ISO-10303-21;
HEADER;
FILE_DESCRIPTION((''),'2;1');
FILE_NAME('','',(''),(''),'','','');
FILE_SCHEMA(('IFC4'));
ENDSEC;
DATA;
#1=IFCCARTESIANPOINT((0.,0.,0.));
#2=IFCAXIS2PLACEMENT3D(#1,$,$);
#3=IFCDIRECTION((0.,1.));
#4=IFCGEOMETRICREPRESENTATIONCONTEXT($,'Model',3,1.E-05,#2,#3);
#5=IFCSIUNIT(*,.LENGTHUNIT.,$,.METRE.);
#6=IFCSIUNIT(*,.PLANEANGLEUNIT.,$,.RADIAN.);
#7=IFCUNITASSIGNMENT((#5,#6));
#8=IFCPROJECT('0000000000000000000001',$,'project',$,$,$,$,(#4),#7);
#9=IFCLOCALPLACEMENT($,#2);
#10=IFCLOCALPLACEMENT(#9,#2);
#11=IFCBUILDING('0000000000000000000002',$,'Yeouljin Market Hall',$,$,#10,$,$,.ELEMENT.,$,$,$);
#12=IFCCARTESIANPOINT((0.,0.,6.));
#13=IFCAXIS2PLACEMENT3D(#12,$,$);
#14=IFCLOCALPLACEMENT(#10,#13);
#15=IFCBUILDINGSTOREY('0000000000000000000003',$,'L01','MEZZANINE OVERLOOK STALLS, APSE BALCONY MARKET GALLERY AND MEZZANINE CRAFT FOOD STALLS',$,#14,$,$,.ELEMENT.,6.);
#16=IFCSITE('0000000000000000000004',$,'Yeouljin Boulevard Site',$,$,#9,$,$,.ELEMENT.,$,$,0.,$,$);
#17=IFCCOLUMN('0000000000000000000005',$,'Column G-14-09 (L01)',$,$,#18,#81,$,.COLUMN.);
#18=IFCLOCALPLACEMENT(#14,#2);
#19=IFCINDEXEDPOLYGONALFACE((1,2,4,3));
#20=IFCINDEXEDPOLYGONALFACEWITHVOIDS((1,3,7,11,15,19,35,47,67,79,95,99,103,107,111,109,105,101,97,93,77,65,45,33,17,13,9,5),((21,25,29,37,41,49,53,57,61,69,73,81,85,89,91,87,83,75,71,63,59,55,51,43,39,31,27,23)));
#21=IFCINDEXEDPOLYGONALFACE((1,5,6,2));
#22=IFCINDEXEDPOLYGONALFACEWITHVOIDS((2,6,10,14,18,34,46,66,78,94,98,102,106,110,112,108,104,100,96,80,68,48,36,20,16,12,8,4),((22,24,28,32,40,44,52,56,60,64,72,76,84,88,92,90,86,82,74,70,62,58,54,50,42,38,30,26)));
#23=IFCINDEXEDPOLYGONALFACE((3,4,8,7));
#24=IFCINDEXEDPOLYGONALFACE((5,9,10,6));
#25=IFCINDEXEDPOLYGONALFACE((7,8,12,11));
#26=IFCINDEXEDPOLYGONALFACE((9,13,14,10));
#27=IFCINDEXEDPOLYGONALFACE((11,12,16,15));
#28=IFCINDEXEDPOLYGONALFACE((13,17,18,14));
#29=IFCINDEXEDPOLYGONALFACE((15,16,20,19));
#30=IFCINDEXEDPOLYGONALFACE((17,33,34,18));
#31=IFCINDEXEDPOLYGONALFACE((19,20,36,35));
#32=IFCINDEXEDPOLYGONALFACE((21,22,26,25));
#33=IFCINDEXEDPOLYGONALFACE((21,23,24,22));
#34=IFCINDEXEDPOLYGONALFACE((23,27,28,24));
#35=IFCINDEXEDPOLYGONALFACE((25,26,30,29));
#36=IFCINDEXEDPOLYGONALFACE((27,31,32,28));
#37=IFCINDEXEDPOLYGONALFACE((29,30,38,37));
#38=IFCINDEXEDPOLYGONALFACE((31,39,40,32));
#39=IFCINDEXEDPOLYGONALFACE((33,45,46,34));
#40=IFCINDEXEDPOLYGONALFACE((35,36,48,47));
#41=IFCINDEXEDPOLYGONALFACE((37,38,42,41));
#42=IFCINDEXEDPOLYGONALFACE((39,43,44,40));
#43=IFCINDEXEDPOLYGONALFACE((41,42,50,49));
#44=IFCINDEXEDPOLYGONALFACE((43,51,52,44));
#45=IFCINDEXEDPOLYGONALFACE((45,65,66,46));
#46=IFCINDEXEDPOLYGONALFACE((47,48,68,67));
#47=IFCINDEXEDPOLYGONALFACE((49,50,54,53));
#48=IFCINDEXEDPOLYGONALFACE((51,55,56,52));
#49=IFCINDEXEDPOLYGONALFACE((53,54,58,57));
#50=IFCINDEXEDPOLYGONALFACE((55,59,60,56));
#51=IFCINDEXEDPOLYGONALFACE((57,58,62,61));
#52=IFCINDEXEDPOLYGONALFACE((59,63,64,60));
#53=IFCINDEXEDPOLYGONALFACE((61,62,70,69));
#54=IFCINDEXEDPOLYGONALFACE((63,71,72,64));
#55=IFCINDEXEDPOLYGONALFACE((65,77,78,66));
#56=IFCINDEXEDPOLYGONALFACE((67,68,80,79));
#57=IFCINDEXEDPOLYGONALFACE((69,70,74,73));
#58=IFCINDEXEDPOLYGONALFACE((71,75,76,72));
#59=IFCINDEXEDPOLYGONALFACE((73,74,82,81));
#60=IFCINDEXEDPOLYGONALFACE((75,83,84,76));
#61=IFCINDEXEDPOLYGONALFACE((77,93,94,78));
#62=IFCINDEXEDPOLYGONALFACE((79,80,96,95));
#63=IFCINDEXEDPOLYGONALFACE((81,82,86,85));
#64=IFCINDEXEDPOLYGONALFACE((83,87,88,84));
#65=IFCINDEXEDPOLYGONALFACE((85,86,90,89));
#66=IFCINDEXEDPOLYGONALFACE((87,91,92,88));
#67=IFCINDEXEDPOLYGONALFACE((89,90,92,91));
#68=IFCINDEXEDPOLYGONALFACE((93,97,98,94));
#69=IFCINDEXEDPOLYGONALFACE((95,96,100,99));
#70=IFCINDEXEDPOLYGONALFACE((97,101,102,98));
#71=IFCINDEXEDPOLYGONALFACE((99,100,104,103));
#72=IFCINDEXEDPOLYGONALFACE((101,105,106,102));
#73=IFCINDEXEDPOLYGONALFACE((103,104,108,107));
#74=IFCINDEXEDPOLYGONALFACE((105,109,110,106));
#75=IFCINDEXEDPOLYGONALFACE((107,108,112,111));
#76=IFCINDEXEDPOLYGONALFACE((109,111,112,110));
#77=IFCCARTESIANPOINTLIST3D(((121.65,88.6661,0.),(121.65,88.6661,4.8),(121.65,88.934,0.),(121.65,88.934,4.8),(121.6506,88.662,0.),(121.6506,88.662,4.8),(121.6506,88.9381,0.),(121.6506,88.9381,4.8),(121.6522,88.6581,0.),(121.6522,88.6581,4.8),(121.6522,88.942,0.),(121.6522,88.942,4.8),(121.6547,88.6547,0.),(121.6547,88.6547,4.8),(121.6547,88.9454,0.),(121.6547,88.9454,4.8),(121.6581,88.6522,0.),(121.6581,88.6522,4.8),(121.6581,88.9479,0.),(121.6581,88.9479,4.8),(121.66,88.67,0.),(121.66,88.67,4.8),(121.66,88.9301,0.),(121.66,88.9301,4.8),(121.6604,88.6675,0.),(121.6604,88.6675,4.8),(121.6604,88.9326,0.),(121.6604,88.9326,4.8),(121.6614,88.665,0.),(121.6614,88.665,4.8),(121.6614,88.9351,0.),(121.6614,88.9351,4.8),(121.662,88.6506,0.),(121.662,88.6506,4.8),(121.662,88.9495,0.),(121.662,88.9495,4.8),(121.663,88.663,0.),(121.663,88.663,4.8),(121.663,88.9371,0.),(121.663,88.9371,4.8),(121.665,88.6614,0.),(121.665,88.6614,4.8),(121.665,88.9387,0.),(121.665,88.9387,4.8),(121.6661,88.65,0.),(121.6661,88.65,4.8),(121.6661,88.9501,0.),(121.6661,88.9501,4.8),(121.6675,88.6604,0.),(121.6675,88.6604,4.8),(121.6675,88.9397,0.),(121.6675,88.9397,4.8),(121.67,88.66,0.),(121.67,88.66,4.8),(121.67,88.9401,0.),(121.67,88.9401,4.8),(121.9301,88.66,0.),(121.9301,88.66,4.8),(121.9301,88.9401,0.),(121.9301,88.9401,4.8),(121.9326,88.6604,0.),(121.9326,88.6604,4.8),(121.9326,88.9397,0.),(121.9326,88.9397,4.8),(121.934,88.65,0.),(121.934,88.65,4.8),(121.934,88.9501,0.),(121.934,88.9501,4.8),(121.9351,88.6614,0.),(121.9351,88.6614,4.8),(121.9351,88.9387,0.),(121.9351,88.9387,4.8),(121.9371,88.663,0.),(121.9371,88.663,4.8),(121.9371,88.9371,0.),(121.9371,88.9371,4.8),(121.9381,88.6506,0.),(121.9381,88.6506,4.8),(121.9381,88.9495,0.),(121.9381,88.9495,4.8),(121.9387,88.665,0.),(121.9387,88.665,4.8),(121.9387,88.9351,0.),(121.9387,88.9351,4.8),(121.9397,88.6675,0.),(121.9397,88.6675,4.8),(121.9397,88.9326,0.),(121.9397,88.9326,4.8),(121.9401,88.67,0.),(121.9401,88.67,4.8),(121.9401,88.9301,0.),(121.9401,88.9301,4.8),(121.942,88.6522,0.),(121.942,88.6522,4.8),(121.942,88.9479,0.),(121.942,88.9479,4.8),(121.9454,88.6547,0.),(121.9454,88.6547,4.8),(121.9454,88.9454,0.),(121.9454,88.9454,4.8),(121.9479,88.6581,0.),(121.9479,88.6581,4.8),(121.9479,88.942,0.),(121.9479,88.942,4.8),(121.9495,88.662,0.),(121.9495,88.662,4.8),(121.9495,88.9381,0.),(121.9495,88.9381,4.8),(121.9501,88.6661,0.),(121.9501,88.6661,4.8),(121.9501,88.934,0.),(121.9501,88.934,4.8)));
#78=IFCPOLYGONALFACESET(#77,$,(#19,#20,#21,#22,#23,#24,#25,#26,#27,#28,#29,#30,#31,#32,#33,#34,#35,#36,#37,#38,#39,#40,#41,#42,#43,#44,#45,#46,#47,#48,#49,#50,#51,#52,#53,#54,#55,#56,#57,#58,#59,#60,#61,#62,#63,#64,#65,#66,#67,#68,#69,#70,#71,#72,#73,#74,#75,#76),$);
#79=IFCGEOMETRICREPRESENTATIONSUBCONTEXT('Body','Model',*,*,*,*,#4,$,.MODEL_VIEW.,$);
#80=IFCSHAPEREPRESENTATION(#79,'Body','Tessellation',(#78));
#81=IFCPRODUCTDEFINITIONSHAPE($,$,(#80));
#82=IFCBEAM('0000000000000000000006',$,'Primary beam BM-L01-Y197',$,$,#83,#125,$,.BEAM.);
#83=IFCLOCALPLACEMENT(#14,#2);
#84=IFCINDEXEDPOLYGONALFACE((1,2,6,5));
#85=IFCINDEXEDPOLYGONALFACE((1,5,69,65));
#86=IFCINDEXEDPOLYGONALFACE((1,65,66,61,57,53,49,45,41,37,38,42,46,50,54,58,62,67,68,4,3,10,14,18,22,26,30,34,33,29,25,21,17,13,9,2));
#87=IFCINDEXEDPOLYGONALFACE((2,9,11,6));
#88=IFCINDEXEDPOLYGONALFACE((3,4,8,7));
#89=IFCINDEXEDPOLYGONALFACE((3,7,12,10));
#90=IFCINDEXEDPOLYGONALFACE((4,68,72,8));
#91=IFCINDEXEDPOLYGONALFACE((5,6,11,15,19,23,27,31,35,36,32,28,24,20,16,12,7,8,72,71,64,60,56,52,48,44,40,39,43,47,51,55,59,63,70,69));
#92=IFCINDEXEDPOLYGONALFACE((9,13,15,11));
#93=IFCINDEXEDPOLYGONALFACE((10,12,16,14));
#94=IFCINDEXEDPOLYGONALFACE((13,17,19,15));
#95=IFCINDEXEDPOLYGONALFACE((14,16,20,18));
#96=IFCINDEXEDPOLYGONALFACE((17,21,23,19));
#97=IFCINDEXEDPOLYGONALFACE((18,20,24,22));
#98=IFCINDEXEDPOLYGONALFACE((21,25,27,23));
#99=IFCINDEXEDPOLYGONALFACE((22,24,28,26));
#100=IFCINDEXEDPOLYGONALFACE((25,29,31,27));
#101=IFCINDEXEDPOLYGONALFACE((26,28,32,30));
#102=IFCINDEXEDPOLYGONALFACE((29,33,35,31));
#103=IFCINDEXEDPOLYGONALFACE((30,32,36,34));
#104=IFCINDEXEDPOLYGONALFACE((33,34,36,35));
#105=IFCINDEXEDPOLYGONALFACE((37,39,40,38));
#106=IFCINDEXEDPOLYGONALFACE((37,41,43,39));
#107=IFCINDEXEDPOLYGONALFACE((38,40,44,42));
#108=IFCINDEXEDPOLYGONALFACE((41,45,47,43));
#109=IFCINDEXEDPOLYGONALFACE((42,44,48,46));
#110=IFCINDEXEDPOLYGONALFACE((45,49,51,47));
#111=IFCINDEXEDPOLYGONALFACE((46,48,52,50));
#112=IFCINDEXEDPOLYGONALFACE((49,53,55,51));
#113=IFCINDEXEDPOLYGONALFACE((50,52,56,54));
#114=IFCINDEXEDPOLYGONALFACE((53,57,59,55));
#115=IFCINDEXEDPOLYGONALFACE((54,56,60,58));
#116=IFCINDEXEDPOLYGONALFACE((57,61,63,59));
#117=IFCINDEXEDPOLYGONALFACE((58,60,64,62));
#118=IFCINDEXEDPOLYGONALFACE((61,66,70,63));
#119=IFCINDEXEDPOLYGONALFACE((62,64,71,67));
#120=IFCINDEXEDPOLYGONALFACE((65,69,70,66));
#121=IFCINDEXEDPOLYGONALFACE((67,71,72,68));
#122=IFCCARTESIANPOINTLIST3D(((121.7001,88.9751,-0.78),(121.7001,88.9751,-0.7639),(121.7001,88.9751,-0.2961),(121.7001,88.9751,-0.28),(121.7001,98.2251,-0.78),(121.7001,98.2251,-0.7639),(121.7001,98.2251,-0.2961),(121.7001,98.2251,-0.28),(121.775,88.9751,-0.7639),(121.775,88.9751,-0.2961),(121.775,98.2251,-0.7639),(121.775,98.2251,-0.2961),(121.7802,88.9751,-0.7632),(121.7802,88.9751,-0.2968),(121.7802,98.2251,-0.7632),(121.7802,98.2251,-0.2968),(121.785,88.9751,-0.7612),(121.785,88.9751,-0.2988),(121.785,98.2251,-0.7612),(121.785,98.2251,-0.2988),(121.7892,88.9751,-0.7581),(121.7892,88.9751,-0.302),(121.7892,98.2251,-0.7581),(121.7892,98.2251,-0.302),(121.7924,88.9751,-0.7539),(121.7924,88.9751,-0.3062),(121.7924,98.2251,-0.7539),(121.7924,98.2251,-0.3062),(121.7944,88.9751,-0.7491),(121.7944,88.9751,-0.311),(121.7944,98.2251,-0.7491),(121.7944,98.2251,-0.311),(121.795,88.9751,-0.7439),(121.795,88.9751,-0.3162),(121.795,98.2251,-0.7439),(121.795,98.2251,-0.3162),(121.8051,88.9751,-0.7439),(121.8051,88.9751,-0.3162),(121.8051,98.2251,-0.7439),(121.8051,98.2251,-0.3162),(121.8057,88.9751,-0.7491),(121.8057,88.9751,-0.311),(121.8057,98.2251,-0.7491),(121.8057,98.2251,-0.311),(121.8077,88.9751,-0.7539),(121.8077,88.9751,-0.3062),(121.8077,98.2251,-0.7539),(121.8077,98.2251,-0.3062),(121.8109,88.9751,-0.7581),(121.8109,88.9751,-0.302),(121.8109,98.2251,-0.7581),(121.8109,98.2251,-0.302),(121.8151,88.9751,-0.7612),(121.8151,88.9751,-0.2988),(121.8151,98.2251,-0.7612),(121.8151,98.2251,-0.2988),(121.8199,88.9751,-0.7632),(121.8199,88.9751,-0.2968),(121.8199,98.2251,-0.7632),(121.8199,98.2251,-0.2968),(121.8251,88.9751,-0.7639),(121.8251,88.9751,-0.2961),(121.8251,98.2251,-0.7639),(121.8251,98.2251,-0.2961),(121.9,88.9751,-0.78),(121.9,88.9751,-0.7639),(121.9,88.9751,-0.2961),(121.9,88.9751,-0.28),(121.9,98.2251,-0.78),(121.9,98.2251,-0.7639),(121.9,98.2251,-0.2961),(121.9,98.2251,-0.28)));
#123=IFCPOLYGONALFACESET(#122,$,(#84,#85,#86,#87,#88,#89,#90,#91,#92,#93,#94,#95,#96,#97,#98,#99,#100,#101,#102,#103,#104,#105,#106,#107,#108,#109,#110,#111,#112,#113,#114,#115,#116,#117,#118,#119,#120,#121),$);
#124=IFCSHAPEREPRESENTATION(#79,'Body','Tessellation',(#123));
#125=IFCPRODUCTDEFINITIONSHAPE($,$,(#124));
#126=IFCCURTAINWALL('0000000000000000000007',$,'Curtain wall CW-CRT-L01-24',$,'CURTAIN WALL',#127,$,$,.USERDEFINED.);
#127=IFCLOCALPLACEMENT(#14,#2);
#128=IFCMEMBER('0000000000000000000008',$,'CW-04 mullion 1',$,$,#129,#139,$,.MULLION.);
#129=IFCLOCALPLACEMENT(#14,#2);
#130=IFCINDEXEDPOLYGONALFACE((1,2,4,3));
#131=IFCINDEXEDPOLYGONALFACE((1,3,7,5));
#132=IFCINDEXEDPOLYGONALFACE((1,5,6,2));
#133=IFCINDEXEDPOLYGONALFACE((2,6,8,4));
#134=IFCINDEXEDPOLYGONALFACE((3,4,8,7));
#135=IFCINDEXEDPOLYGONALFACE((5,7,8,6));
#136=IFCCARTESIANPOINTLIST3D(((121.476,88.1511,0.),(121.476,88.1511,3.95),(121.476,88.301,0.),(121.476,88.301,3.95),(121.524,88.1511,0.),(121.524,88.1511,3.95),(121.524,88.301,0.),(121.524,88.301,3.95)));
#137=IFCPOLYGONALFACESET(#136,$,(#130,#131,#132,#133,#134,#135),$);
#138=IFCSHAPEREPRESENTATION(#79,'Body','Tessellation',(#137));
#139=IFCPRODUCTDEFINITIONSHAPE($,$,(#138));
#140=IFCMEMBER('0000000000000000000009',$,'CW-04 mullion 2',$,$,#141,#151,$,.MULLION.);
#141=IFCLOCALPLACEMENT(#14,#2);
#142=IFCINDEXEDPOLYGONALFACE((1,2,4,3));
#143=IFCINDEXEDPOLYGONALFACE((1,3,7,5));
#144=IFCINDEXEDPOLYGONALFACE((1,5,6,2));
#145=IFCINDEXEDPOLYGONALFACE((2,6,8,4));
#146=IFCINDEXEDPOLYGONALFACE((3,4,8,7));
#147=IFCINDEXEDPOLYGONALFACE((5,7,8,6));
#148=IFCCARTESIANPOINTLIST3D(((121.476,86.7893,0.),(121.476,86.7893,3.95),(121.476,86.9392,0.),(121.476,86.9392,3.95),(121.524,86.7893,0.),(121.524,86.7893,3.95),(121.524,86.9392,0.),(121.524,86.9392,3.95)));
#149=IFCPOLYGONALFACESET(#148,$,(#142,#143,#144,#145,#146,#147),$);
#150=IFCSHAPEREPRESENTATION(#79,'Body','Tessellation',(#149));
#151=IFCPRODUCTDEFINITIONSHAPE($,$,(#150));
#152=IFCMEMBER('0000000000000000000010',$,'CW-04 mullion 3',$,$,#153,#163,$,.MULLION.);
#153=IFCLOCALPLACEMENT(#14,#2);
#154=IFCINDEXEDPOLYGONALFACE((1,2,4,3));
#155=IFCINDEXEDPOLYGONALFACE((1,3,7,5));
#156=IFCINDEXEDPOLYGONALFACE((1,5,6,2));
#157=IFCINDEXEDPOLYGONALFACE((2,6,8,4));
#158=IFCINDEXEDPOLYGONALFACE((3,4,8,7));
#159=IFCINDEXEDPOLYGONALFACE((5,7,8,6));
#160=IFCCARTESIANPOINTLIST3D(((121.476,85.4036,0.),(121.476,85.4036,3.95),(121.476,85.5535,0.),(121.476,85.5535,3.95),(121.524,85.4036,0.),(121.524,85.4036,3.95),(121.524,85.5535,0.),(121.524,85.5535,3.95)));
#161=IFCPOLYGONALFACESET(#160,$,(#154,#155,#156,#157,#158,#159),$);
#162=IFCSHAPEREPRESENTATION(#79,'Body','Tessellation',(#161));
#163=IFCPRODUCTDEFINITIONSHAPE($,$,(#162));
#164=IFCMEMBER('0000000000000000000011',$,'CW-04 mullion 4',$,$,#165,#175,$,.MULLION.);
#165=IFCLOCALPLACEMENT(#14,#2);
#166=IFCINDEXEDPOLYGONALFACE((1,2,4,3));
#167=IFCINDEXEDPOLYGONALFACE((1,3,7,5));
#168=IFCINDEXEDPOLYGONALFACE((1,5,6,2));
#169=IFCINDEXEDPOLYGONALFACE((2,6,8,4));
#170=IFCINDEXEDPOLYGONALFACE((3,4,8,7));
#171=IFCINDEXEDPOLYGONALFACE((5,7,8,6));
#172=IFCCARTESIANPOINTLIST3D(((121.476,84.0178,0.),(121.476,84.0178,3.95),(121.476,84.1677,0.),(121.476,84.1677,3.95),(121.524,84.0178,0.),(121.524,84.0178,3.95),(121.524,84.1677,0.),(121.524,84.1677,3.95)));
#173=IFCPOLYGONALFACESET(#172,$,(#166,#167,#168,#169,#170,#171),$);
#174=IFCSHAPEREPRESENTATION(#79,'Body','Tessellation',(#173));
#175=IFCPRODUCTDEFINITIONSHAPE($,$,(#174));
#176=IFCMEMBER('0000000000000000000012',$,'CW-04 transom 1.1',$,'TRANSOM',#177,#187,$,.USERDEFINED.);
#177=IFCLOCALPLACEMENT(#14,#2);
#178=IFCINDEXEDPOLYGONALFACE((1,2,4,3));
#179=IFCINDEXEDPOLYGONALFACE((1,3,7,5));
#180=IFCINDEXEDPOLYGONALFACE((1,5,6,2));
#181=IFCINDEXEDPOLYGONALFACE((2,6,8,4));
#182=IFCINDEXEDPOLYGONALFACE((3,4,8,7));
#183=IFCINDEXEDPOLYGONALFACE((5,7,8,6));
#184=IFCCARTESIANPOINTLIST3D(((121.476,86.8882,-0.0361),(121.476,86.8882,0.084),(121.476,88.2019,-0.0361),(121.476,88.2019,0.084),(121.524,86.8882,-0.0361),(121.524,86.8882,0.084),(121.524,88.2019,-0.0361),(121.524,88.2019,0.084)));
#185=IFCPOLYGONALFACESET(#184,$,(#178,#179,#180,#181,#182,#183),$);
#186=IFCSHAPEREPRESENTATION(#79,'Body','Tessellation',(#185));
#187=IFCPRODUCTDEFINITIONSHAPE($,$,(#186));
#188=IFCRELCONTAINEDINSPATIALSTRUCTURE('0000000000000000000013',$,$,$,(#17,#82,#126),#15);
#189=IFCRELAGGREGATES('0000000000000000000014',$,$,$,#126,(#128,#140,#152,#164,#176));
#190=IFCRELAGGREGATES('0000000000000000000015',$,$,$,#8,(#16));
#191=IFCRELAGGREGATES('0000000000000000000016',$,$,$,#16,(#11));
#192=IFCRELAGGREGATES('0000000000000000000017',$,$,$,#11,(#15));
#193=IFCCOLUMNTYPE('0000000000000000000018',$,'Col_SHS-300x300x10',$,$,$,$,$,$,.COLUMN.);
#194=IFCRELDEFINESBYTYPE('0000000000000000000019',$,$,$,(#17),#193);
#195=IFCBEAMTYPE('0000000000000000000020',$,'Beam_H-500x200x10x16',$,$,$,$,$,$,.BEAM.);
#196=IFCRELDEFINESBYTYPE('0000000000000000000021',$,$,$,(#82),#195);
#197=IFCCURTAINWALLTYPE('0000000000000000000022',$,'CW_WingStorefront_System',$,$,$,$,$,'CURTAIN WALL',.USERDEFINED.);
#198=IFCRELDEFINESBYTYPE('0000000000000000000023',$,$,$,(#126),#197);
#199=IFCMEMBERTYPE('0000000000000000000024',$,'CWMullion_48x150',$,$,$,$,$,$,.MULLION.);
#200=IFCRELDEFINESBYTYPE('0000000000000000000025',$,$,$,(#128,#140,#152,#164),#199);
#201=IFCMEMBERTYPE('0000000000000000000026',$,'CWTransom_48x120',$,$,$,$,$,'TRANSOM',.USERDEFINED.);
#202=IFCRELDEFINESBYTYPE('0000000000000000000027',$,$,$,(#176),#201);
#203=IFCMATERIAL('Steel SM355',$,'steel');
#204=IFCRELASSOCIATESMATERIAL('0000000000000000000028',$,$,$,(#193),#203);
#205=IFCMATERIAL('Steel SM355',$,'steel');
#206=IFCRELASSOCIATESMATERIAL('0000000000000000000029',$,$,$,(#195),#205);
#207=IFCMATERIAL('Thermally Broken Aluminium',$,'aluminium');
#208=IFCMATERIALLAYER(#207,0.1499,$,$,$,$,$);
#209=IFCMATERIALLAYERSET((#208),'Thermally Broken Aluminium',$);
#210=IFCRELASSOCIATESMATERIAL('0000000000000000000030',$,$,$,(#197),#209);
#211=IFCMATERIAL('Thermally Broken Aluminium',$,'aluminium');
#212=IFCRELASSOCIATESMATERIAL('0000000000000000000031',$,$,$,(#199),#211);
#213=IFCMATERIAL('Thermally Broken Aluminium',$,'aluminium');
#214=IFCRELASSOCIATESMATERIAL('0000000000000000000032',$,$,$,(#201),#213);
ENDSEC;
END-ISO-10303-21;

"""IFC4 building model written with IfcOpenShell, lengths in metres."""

from ifc_helpers import new_model, si_unit, direction, frame, origin, origin_2d, place, context, subcontext, project, spatial, rectangle, hollow_rectangle, i_section, extrude, material, layer, layer_set, material_profile, profile_set, type_object, element, aggregate, save


model = new_model("IFC4")

# Units and contexts
model_context = context("Model", 3, precision=1e-05, world=origin(), true_north=direction((0.0, 1.0)))
body_context = subcontext(model_context, "Body", "Model", "MODEL_VIEW")
ifc_project = project(units=[si_unit("LENGTHUNIT", "METRE"), si_unit("PLANEANGLEUNIT", "RADIAN")], contexts=[model_context])

# Site, building, storey
site_placement = place(None, origin())
site = spatial("IfcSite", under=ifc_project, at=site_placement, Name="Yeouljin Boulevard Site", CompositionType="ELEMENT", RefElevation=0.0)
building_placement = place(site_placement, origin())
building = spatial("IfcBuilding", under=site, at=building_placement, Name="Yeouljin Market Hall", CompositionType="ELEMENT")
storey_placement = place(building_placement, frame((0.0, 0.0, 6.0)))
storey = spatial("IfcBuildingStorey", under=building, at=storey_placement, Name="L01", Description="MEZZANINE OVERLOOK STALLS, APSE BALCONY MARKET GALLERY AND MEZZANINE CRAFT FOOD STALLS", CompositionType="ELEMENT", Elevation=6.0)

# Column
ifc_material_1 = material(Name="Steel SM355", Category="steel")
ifc_material_profile_1 = material_profile(ifc_material_1, hollow_rectangle(XDim=0.3, YDim=0.3, WallThickness=0.01, InnerFilletRadius=0.01, OuterFilletRadius=0.0161, at=origin_2d()), Name="SHS-300x300x10")
ifc_profile_set_1 = profile_set([ifc_material_profile_1], Name="Steel SM355")
column_type = type_object("IfcColumnType", Name="Col_SHS-300x300x10", PredefinedType="COLUMN", material=ifc_profile_set_1)
column_placement = place(storey_placement, frame((121.8, 88.8, 0.0), z_axis=(0.0, 0.0, 1.0), x_axis=(1.0, 0.0, 0.0)))
element("IfcColumn", 1, at=column_placement, inside=storey, type_object=column_type, Name="Column G-14-09 (L01)", PredefinedType="COLUMN", context=body_context, shape_type="SweptSolid", body=[
    extrude(hollow_rectangle(XDim=0.3, YDim=0.3, WallThickness=0.01, InnerFilletRadius=0.01, OuterFilletRadius=0.0161, at=origin_2d()), origin(), (0.0, 0.0, 1.0), 4.8),
])

# Beam
ifc_material_2 = material(Name="Steel SM355", Category="steel")
ifc_material_profile_2 = material_profile(ifc_material_2, i_section(OverallWidth=0.2, OverallDepth=0.5, WebThickness=0.01, FlangeThickness=0.0161, FilletRadius=0.02, at=origin_2d()), Name="H-500x200x10x16")
ifc_profile_set_2 = profile_set([ifc_material_profile_2], Name="Steel SM355")
beam_type = type_object("IfcBeamType", Name="Beam_H-500x200x10x16", PredefinedType="BEAM", material=ifc_profile_set_2)
beam_placement = place(storey_placement, frame((121.8, 88.9751, -0.53), z_axis=(0.0, 1.0, 0.0), x_axis=(-1.0, 0.0, 0.0)))
element("IfcBeam", 2, at=beam_placement, inside=storey, type_object=beam_type, Name="Primary beam BM-L01-Y197", PredefinedType="BEAM", context=body_context, shape_type="SweptSolid", body=[
    extrude(i_section(OverallWidth=0.2, OverallDepth=0.5, WebThickness=0.01, FlangeThickness=0.0161, FilletRadius=0.02, at=origin_2d()), origin(), (0.0, 0.0, 1.0), 9.25),
])

# Curtain wall, members
ifc_material_3 = material(Name="Thermally Broken Aluminium", Category="aluminium")
ifc_layer_1 = layer(ifc_material_3, 0.1499)
ifc_layer_set_1 = layer_set([ifc_layer_1], Name="Thermally Broken Aluminium")
curtain_wall_type = type_object("IfcCurtainWallType", Name="CW_WingStorefront_System", ElementType="CURTAIN WALL", PredefinedType="USERDEFINED", material=ifc_layer_set_1)
curtain_wall_placement = place(storey_placement, origin())
curtain_wall = element("IfcCurtainWall", 3, at=curtain_wall_placement, inside=storey, type_object=curtain_wall_type, Name="Curtain wall CW-CRT-L01-24", ObjectType="CURTAIN WALL", PredefinedType="USERDEFINED")
ifc_material_4 = material(Name="Thermally Broken Aluminium", Category="aluminium")
ifc_material_profile_3 = material_profile(ifc_material_4, rectangle(XDim=0.0481, YDim=0.1499, at=origin_2d()), Name="CW-MULL-48x150")
ifc_profile_set_3 = profile_set([ifc_material_profile_3], Name="Thermally Broken Aluminium")
member_type_1 = type_object("IfcMemberType", Name="CWMullion_48x150", PredefinedType="MULLION", material=ifc_profile_set_3)
member_1_placement = place(storey_placement, frame((121.5, 88.2261, 0.0), z_axis=(0.0, 0.0, 1.0), x_axis=(1.0, 0.0, 0.0)))
member_1 = element("IfcMember", 4, at=member_1_placement, type_object=member_type_1, Name="CW-04 mullion 1", PredefinedType="MULLION", context=body_context, shape_type="SweptSolid", body=[
    extrude(rectangle(XDim=0.0481, YDim=0.1499, at=origin_2d()), origin(), (0.0, 0.0, 1.0), 3.95),
])
member_2_placement = place(storey_placement, frame((121.5, 86.8643, 0.0), z_axis=(0.0, 0.0, 1.0), x_axis=(1.0, 0.0, 0.0)))
member_2 = element("IfcMember", 5, at=member_2_placement, type_object=member_type_1, Name="CW-04 mullion 2", PredefinedType="MULLION", context=body_context, shape_type="SweptSolid", body=[
    extrude(rectangle(XDim=0.0481, YDim=0.1499, at=origin_2d()), origin(), (0.0, 0.0, 1.0), 3.95),
])
member_3_placement = place(storey_placement, frame((121.5, 85.4785, 0.0), z_axis=(0.0, 0.0, 1.0), x_axis=(1.0, 0.0, 0.0)))
member_3 = element("IfcMember", 6, at=member_3_placement, type_object=member_type_1, Name="CW-04 mullion 3", PredefinedType="MULLION", context=body_context, shape_type="SweptSolid", body=[
    extrude(rectangle(XDim=0.0481, YDim=0.1499, at=origin_2d()), origin(), (0.0, 0.0, 1.0), 3.95),
])
member_4_placement = place(storey_placement, frame((121.5, 84.0928, 0.0), z_axis=(0.0, 0.0, 1.0), x_axis=(1.0, 0.0, 0.0)))
member_4 = element("IfcMember", 7, at=member_4_placement, type_object=member_type_1, Name="CW-04 mullion 4", PredefinedType="MULLION", context=body_context, shape_type="SweptSolid", body=[
    extrude(rectangle(XDim=0.0481, YDim=0.1499, at=origin_2d()), origin(), (0.0, 0.0, 1.0), 3.95),
])
ifc_material_5 = material(Name="Thermally Broken Aluminium", Category="aluminium")
ifc_material_profile_4 = material_profile(ifc_material_5, rectangle(XDim=0.0481, YDim=0.1201, at=origin_2d()), Name="CW-TRAN-48x120")
ifc_profile_set_4 = profile_set([ifc_material_profile_4], Name="Thermally Broken Aluminium")
member_type_2 = type_object("IfcMemberType", Name="CWTransom_48x120", ElementType="TRANSOM", PredefinedType="USERDEFINED", material=ifc_profile_set_4)
member_5_placement = place(storey_placement, frame((121.5, 88.2019, 0.0239), z_axis=(0.0, -1.0, 0.0), x_axis=(1.0, 0.0, 0.0)))
member_5 = element("IfcMember", 8, at=member_5_placement, type_object=member_type_2, Name="CW-04 transom 1.1", ObjectType="TRANSOM", PredefinedType="USERDEFINED", context=body_context, shape_type="SweptSolid", body=[
    extrude(rectangle(XDim=0.0481, YDim=0.1201, at=origin_2d()), origin(), (0.0, 0.0, 1.0), 1.3137),
])
aggregate(curtain_wall, [member_1, member_2, member_3, member_4, member_5])

save(model, "model.ifc")
